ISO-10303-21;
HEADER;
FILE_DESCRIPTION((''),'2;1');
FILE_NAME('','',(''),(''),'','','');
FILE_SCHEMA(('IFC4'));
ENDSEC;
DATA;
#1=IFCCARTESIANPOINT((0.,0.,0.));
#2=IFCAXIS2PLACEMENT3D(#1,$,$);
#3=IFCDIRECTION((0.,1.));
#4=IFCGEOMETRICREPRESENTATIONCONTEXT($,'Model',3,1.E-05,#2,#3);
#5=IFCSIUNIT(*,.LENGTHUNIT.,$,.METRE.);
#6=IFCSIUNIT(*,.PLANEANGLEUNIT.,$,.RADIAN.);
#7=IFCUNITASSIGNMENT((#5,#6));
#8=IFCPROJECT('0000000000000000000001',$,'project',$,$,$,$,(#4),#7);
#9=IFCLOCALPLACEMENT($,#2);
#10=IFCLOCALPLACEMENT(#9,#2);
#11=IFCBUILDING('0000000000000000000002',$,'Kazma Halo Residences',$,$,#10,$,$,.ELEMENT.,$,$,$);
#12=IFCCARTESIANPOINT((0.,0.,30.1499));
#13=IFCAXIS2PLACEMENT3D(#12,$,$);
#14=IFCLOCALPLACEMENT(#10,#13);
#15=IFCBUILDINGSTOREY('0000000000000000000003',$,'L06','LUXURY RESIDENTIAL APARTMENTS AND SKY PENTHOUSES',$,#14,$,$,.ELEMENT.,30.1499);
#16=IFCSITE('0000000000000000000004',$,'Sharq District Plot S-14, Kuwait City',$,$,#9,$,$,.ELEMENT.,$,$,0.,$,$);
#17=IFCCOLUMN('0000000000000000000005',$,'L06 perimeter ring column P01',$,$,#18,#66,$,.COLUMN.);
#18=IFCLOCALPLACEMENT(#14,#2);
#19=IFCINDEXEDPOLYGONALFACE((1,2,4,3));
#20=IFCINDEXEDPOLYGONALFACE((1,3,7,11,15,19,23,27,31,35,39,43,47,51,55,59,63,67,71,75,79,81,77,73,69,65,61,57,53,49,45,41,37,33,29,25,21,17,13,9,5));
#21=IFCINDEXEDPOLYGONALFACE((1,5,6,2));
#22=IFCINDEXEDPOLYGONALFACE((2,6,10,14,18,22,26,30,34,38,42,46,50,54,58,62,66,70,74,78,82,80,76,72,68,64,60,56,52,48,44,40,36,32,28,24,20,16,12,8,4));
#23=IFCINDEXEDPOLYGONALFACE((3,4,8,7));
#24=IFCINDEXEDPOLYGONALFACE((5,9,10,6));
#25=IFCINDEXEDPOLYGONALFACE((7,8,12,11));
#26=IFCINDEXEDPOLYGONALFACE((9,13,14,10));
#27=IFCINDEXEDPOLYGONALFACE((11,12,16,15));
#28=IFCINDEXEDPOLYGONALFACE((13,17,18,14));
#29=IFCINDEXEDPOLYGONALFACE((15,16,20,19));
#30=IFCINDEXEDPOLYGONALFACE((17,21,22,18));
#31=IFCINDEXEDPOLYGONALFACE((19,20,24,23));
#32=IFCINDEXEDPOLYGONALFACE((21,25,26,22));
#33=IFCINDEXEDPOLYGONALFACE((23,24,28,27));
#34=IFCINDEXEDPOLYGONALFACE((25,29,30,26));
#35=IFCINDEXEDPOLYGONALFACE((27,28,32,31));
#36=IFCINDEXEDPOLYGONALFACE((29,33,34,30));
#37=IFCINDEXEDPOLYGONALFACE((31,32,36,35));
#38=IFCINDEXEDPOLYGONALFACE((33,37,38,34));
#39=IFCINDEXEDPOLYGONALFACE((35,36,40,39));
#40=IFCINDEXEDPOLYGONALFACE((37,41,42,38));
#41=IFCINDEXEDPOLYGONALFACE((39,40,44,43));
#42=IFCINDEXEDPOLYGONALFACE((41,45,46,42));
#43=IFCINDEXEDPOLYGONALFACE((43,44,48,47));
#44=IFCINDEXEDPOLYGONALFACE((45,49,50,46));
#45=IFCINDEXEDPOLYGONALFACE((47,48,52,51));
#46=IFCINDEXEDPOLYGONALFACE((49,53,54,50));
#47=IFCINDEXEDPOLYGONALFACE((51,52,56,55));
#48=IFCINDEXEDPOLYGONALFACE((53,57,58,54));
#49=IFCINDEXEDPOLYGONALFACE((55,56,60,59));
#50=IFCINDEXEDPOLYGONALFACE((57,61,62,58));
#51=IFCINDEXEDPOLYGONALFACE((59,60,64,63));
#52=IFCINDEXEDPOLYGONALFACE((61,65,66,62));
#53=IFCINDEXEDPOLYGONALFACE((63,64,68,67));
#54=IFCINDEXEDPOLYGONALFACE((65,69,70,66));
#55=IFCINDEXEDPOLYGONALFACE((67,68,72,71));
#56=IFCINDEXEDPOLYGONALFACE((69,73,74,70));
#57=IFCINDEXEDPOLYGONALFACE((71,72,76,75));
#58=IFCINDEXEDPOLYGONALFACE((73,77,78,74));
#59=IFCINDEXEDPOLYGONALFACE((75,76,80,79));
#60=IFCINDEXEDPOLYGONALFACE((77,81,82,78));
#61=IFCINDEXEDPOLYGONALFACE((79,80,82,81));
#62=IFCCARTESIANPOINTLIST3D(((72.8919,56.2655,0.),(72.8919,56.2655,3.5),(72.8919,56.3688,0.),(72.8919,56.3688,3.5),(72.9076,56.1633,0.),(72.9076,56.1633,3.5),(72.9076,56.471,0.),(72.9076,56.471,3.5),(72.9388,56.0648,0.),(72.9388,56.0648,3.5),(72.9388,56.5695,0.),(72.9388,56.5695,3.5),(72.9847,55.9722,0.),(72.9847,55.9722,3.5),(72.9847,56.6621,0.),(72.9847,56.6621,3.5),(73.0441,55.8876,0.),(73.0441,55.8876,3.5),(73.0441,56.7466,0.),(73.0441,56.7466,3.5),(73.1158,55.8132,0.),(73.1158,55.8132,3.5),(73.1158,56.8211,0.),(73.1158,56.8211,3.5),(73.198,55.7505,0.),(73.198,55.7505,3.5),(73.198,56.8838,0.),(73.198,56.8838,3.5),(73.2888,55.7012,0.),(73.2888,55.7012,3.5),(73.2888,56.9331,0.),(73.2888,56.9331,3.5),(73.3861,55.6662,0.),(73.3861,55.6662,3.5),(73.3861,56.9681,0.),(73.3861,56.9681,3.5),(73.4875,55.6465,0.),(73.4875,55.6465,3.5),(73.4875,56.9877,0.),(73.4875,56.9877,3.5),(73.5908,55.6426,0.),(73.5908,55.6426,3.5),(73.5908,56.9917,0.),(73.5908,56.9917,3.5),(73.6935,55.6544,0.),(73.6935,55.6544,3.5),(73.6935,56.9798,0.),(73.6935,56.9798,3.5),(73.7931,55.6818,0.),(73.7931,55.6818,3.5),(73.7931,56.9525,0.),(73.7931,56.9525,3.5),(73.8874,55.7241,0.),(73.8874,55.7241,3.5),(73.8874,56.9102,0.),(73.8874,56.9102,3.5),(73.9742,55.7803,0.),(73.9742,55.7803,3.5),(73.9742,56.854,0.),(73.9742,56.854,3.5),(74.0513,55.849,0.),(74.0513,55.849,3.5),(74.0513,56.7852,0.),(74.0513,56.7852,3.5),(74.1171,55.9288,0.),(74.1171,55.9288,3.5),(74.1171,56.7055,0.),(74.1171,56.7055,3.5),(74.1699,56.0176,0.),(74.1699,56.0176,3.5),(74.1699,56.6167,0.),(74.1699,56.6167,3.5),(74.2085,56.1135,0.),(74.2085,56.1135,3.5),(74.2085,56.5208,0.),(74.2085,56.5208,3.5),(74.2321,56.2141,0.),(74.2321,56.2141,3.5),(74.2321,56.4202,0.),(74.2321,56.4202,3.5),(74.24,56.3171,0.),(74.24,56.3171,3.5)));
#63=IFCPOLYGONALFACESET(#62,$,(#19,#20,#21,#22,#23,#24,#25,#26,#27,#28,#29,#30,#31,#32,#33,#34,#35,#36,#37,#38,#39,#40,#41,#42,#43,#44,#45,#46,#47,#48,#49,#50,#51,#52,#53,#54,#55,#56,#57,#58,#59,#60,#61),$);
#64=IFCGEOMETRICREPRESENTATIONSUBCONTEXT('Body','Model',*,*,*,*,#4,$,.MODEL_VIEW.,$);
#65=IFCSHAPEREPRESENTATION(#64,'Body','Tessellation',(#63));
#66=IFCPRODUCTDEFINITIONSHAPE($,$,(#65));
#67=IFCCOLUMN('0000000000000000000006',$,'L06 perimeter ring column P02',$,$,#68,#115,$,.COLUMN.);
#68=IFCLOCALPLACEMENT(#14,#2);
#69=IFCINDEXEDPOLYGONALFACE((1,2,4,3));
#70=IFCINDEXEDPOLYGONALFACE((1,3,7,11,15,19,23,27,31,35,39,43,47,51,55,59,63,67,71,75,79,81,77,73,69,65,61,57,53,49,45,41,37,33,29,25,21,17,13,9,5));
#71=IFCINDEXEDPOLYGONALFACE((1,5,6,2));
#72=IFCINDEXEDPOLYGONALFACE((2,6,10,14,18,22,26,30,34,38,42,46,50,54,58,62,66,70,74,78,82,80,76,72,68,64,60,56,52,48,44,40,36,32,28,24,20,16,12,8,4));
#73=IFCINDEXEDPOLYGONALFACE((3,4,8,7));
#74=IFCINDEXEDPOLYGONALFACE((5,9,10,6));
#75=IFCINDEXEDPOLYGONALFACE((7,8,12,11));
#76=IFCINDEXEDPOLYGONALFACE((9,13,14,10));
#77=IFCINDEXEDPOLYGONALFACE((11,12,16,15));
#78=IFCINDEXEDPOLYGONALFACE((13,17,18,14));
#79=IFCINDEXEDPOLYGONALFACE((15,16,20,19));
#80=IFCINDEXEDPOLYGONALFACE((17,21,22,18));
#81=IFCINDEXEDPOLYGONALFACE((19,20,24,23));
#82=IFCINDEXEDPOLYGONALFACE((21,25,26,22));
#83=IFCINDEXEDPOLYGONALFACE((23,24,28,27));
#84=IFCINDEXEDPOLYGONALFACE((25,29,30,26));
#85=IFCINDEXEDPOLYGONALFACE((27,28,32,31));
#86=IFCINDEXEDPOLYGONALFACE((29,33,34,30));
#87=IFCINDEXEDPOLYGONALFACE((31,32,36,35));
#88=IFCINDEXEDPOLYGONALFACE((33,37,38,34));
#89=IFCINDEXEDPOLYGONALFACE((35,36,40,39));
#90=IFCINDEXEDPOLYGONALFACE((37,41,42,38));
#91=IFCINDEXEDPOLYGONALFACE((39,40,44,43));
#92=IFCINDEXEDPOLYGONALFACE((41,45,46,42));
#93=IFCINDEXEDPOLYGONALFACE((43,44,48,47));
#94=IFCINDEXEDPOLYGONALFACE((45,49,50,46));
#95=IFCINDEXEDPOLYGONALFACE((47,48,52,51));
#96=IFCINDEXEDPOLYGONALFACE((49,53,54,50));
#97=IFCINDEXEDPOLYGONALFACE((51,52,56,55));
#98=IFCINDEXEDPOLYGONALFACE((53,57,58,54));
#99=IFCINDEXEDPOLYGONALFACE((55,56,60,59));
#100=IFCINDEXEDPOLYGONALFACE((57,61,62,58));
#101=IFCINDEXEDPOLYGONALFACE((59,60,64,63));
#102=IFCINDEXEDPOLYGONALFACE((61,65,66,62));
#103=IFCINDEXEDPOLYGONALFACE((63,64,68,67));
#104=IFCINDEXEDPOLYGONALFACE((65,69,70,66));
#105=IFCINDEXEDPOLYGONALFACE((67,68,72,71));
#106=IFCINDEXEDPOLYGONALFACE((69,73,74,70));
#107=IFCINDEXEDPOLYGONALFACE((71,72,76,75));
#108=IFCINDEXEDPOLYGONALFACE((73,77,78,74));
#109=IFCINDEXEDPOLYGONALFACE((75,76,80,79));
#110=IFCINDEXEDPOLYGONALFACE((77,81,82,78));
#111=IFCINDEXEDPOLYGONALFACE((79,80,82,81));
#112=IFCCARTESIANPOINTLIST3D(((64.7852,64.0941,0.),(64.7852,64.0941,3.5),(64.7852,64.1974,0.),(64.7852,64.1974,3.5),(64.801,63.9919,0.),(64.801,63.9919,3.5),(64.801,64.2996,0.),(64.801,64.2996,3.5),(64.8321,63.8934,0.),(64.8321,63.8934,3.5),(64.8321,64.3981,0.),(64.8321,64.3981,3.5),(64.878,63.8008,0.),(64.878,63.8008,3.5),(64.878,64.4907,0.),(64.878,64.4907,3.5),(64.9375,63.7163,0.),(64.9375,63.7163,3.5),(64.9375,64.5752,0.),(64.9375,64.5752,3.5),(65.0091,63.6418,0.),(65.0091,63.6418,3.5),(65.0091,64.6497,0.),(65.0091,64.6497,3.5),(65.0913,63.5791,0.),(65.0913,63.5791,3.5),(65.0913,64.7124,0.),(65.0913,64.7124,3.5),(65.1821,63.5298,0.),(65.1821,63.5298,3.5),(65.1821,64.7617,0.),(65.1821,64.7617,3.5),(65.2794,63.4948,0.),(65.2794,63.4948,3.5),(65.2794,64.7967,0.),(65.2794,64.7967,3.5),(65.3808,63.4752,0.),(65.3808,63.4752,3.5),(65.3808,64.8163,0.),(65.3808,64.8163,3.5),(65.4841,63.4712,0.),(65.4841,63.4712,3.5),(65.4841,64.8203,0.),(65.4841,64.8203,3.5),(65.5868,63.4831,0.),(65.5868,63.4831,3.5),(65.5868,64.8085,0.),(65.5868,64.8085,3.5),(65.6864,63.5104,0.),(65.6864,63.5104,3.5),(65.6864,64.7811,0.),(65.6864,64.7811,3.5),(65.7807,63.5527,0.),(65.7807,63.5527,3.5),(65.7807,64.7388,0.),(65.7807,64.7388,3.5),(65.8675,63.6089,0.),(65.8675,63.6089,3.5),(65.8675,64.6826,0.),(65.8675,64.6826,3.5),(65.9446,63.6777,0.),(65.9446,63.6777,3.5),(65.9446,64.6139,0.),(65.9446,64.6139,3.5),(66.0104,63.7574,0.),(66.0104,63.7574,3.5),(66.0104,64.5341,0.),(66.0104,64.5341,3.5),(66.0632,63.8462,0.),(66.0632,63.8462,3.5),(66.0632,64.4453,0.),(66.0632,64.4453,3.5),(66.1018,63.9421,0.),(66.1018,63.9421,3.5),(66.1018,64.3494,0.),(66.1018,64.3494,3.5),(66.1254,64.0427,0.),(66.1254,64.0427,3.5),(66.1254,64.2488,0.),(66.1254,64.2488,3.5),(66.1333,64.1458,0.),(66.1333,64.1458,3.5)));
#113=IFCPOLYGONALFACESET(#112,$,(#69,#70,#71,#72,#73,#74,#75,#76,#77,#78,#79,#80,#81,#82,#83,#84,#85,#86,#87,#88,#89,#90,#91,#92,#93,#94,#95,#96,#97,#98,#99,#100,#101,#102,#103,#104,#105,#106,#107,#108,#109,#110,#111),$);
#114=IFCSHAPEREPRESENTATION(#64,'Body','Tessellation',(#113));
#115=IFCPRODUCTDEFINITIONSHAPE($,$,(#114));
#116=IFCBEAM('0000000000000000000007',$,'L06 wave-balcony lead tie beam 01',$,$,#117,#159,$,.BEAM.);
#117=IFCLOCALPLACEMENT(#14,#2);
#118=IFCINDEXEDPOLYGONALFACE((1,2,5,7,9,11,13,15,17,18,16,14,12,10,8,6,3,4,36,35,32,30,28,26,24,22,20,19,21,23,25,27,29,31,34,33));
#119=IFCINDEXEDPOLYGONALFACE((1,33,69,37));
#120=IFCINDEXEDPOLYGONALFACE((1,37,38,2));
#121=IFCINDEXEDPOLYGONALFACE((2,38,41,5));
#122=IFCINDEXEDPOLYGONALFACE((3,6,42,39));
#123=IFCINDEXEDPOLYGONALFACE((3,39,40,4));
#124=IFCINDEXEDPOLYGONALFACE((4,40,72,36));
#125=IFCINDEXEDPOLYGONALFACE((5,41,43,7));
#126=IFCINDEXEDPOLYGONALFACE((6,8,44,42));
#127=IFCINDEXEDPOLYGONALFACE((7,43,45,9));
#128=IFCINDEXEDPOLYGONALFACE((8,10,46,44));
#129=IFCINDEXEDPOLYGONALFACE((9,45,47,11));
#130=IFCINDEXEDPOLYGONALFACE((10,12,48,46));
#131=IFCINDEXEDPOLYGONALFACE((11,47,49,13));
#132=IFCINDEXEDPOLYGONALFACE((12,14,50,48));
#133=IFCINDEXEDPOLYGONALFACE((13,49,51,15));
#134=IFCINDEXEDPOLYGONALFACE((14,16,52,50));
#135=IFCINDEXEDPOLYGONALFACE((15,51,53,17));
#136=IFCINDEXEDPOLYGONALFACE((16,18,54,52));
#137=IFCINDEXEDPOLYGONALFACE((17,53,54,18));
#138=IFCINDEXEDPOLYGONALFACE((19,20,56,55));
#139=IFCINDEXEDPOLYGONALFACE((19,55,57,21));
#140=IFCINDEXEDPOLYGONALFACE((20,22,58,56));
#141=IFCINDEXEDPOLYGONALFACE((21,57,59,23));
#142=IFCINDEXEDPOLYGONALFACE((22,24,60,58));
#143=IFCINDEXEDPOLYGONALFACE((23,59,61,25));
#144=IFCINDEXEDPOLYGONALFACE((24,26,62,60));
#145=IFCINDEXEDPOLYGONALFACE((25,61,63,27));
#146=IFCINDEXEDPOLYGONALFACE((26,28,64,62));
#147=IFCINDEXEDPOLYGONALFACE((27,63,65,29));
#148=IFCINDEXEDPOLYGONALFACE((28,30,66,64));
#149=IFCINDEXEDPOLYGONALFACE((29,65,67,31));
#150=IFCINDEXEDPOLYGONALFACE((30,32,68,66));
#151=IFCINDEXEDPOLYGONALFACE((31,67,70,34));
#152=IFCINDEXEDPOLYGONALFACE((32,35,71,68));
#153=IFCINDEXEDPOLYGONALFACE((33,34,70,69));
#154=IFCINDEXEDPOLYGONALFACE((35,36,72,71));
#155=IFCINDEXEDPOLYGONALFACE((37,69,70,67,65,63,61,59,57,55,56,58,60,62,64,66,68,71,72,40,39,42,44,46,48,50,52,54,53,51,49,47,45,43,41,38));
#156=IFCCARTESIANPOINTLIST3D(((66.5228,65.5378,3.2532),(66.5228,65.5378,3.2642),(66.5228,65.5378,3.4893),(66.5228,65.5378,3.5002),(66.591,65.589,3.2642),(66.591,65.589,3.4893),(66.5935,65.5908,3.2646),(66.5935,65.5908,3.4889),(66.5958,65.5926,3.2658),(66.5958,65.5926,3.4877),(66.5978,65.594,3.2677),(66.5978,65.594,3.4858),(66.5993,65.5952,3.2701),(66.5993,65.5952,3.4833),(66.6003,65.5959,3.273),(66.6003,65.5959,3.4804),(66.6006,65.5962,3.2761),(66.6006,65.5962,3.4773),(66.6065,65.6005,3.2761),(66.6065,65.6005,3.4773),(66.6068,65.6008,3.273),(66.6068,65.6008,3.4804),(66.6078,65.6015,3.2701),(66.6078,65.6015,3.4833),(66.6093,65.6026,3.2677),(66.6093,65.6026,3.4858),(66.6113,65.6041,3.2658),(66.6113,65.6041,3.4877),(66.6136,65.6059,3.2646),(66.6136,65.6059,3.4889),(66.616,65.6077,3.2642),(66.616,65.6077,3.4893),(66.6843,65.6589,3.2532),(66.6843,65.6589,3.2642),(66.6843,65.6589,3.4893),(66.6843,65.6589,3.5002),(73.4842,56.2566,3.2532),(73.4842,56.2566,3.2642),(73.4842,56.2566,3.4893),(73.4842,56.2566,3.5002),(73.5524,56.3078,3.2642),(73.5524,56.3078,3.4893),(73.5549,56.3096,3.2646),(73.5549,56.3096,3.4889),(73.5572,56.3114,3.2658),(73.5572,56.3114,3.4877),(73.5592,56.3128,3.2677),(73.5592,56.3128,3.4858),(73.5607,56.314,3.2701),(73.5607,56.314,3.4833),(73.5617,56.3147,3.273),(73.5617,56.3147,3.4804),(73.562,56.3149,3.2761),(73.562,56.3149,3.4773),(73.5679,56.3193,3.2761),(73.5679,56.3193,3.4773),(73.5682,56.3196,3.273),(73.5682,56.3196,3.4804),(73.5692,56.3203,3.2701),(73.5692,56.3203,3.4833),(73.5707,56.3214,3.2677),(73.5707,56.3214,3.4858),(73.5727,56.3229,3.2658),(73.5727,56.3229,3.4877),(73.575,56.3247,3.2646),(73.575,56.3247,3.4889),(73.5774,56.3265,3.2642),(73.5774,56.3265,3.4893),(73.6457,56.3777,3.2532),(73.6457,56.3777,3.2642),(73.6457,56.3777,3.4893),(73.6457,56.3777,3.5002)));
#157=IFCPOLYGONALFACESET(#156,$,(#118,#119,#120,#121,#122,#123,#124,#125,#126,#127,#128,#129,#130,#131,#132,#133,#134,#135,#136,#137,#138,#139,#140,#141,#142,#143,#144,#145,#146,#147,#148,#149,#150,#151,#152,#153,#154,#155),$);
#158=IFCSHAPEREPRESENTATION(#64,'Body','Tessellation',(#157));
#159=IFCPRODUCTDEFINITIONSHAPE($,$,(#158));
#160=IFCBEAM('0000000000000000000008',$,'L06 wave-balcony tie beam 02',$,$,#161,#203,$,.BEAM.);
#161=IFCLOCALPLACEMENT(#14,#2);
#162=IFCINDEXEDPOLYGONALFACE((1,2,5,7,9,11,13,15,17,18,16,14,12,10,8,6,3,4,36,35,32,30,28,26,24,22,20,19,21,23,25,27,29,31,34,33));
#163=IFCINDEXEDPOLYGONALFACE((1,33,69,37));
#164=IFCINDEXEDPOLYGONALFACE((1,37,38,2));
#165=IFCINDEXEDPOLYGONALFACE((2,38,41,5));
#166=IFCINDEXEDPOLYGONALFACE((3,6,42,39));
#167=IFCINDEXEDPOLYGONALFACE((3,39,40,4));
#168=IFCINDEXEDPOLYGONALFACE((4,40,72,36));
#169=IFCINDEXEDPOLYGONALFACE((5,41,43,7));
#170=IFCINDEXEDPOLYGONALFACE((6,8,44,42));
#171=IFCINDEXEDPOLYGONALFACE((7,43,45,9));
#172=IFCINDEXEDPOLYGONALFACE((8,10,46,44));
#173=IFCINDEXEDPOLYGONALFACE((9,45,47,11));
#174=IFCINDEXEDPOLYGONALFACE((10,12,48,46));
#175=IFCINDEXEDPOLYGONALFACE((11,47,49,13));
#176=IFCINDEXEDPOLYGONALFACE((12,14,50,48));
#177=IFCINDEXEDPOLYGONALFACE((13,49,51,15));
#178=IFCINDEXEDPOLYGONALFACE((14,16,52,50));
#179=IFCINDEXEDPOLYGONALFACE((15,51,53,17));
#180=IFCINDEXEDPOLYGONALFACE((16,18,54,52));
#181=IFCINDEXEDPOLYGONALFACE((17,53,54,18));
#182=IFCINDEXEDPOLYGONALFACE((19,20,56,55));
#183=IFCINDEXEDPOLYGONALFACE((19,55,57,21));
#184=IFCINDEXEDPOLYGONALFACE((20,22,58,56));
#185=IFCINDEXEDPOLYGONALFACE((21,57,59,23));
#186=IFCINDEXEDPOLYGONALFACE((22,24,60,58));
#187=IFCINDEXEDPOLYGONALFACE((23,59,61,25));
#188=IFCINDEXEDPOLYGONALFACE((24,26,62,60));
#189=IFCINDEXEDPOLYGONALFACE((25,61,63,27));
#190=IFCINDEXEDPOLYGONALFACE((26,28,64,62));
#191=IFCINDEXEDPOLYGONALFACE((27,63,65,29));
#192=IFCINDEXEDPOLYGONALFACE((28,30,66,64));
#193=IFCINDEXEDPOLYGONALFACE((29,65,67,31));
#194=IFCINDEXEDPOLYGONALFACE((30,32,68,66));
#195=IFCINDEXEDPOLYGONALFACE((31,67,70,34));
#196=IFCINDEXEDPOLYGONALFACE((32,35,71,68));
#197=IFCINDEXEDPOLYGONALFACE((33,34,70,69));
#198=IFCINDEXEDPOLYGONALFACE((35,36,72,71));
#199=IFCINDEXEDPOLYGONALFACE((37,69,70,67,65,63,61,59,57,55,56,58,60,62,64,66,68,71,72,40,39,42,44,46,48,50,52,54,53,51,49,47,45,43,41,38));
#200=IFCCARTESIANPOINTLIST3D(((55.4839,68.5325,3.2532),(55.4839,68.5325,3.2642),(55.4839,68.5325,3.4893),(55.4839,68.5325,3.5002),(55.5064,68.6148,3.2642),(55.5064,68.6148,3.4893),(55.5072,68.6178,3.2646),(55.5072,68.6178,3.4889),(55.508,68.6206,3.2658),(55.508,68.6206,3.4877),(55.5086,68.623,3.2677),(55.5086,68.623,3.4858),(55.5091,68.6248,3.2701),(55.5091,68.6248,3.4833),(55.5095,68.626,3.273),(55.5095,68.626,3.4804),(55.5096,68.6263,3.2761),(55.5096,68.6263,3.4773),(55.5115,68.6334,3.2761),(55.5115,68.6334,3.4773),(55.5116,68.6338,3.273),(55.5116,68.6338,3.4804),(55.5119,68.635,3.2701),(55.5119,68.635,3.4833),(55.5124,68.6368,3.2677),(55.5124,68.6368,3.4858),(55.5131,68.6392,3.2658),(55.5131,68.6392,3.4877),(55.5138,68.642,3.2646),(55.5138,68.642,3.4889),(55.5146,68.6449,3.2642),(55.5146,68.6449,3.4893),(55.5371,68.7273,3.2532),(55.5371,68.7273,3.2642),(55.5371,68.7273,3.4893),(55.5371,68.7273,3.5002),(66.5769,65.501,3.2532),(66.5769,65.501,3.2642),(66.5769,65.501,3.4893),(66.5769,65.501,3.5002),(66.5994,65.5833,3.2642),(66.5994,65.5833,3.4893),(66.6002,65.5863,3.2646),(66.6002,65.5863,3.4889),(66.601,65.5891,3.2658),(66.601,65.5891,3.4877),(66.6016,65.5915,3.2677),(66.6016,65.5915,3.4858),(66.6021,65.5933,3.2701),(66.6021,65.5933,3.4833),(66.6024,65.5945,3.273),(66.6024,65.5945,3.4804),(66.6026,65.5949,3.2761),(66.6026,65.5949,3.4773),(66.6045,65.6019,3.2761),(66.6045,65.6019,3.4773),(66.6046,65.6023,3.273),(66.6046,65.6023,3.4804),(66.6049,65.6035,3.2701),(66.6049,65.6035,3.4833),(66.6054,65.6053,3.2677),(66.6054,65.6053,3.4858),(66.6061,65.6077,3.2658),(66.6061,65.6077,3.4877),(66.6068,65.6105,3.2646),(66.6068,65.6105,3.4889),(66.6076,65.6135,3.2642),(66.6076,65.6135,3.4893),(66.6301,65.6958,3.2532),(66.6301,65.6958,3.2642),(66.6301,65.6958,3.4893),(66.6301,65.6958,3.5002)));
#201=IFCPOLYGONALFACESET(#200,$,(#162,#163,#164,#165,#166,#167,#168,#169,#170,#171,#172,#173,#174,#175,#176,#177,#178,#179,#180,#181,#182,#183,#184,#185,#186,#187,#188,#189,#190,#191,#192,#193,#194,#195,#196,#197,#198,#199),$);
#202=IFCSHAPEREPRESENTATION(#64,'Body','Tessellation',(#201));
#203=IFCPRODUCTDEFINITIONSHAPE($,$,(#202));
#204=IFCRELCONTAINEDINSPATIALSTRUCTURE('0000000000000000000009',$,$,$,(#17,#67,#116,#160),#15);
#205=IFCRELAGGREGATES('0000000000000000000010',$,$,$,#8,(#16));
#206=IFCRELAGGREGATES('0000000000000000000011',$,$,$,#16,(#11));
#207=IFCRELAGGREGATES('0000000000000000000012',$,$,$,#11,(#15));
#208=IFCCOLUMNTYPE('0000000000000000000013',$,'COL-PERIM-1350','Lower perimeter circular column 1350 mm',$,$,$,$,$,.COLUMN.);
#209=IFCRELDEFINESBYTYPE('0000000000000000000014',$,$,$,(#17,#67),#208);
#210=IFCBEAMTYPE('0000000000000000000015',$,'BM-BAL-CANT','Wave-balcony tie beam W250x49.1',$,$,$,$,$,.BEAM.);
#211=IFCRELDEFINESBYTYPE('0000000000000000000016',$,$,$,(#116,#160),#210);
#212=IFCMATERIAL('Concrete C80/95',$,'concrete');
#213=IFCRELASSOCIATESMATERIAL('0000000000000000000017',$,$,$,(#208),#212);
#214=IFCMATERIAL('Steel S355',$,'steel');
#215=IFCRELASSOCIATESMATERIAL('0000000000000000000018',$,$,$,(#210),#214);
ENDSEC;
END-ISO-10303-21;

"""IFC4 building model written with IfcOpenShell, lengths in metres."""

from ifc_helpers import new_model, si_unit, direction, frame, origin, origin_2d, place, context, subcontext, project, spatial, circle, i_section, extrude, material, material_profile, profile_set, type_object, element, save


model = new_model("IFC4")

# Units and contexts
model_context = context("Model", 3, precision=1e-05, world=origin(), true_north=direction((0.0, 1.0)))
body_context = subcontext(model_context, "Body", "Model", "MODEL_VIEW")
ifc_project = project(units=[si_unit("LENGTHUNIT", "METRE"), si_unit("PLANEANGLEUNIT", "RADIAN")], contexts=[model_context])

# Site, building, storey
site_placement = place(None, origin())
site = spatial("IfcSite", under=ifc_project, at=site_placement, Name="Sharq District Plot S-14, Kuwait City", CompositionType="ELEMENT", RefElevation=0.0)
building_placement = place(site_placement, origin())
building = spatial("IfcBuilding", under=site, at=building_placement, Name="Kazma Halo Residences", CompositionType="ELEMENT")
storey_placement = place(building_placement, frame((0.0, 0.0, 30.1499)))
storey = spatial("IfcBuildingStorey", under=building, at=storey_placement, Name="L06", Description="LUXURY RESIDENTIAL APARTMENTS AND SKY PENTHOUSES", CompositionType="ELEMENT", Elevation=30.1499)

# Columns
ifc_material_1 = material(Name="Concrete C80/95", Category="concrete")
ifc_material_profile_1 = material_profile(ifc_material_1, circle(Radius=0.675, at=origin_2d()), Name="CIRC1350")
ifc_profile_set_1 = profile_set([ifc_material_profile_1], Name="Concrete C80/95")
column_type = type_object("IfcColumnType", Name="COL-PERIM-1350", Description="Lower perimeter circular column 1350 mm", PredefinedType="COLUMN", material=ifc_profile_set_1)
for number, where, z_axis, x_axis, name in (
    (1, (73.5649, 56.3171, 0.0), (0.0, 0.0, 1.0), (1.0, 0.0, 0.0), "L06 perimeter ring column P01"),
    (2, (65.4583, 64.1458, 0.0), (0.0, 0.0, 1.0), (1.0, 0.0, 0.0), "L06 perimeter ring column P02"),
):
    element("IfcColumn", number, at=place(storey_placement, frame(where, z_axis=z_axis, x_axis=x_axis)), inside=storey, type_object=column_type, Name=name, PredefinedType="COLUMN", context=body_context, shape_type="SweptSolid", body=[
        extrude(circle(Radius=0.675, at=origin_2d()), origin(), (0.0, 0.0, 1.0), 3.5),
    ])

# Beams
ifc_material_2 = material(Name="Steel S355", Category="steel")
ifc_material_profile_2 = material_profile(ifc_material_2, i_section(OverallWidth=0.2019, OverallDepth=0.2471, WebThickness=0.0073, FlangeThickness=0.011, FilletRadius=0.012, at=origin_2d()), Name="W250x49.1")
ifc_profile_set_2 = profile_set([ifc_material_profile_2], Name="Steel S355")
beam_type_1 = type_object("IfcBeamType", Name="BM-BAL-CANT", Description="Wave-balcony tie beam W250x49.1", PredefinedType="BEAM", material=ifc_profile_set_2)
beam_1_placement = place(storey_placement, frame((73.5649, 56.3171, 3.3767), z_axis=(-0.600027, 0.79998, 0.0), x_axis=(-0.79998, -0.600027, 0.0)))
element("IfcBeam", 3, at=beam_1_placement, inside=storey, type_object=beam_type_1, Name="L06 wave-balcony lead tie beam 01", PredefinedType="BEAM", context=body_context, shape_type="SweptSolid", body=[
    extrude(i_section(OverallWidth=0.2019, OverallDepth=0.2471, WebThickness=0.0073, FlangeThickness=0.011, FilletRadius=0.012, at=origin_2d()), origin(), (0.0, 0.0, 1.0), 11.6018),
])
beam_2_placement = place(storey_placement, frame((66.6035, 65.5984, 3.3767), z_axis=(-0.964628, 0.263613, 0.0), x_axis=(-0.263613, -0.964628, 0.0)))
element("IfcBeam", 4, at=beam_2_placement, inside=storey, type_object=beam_type_1, Name="L06 wave-balcony tie beam 02", PredefinedType="BEAM", context=body_context, shape_type="SweptSolid", body=[
    extrude(i_section(OverallWidth=0.2019, OverallDepth=0.2471, WebThickness=0.0073, FlangeThickness=0.011, FilletRadius=0.012, at=origin_2d()), origin(), (0.0, 0.0, 1.0), 11.4998),
])

save(model, "model.ifc")
